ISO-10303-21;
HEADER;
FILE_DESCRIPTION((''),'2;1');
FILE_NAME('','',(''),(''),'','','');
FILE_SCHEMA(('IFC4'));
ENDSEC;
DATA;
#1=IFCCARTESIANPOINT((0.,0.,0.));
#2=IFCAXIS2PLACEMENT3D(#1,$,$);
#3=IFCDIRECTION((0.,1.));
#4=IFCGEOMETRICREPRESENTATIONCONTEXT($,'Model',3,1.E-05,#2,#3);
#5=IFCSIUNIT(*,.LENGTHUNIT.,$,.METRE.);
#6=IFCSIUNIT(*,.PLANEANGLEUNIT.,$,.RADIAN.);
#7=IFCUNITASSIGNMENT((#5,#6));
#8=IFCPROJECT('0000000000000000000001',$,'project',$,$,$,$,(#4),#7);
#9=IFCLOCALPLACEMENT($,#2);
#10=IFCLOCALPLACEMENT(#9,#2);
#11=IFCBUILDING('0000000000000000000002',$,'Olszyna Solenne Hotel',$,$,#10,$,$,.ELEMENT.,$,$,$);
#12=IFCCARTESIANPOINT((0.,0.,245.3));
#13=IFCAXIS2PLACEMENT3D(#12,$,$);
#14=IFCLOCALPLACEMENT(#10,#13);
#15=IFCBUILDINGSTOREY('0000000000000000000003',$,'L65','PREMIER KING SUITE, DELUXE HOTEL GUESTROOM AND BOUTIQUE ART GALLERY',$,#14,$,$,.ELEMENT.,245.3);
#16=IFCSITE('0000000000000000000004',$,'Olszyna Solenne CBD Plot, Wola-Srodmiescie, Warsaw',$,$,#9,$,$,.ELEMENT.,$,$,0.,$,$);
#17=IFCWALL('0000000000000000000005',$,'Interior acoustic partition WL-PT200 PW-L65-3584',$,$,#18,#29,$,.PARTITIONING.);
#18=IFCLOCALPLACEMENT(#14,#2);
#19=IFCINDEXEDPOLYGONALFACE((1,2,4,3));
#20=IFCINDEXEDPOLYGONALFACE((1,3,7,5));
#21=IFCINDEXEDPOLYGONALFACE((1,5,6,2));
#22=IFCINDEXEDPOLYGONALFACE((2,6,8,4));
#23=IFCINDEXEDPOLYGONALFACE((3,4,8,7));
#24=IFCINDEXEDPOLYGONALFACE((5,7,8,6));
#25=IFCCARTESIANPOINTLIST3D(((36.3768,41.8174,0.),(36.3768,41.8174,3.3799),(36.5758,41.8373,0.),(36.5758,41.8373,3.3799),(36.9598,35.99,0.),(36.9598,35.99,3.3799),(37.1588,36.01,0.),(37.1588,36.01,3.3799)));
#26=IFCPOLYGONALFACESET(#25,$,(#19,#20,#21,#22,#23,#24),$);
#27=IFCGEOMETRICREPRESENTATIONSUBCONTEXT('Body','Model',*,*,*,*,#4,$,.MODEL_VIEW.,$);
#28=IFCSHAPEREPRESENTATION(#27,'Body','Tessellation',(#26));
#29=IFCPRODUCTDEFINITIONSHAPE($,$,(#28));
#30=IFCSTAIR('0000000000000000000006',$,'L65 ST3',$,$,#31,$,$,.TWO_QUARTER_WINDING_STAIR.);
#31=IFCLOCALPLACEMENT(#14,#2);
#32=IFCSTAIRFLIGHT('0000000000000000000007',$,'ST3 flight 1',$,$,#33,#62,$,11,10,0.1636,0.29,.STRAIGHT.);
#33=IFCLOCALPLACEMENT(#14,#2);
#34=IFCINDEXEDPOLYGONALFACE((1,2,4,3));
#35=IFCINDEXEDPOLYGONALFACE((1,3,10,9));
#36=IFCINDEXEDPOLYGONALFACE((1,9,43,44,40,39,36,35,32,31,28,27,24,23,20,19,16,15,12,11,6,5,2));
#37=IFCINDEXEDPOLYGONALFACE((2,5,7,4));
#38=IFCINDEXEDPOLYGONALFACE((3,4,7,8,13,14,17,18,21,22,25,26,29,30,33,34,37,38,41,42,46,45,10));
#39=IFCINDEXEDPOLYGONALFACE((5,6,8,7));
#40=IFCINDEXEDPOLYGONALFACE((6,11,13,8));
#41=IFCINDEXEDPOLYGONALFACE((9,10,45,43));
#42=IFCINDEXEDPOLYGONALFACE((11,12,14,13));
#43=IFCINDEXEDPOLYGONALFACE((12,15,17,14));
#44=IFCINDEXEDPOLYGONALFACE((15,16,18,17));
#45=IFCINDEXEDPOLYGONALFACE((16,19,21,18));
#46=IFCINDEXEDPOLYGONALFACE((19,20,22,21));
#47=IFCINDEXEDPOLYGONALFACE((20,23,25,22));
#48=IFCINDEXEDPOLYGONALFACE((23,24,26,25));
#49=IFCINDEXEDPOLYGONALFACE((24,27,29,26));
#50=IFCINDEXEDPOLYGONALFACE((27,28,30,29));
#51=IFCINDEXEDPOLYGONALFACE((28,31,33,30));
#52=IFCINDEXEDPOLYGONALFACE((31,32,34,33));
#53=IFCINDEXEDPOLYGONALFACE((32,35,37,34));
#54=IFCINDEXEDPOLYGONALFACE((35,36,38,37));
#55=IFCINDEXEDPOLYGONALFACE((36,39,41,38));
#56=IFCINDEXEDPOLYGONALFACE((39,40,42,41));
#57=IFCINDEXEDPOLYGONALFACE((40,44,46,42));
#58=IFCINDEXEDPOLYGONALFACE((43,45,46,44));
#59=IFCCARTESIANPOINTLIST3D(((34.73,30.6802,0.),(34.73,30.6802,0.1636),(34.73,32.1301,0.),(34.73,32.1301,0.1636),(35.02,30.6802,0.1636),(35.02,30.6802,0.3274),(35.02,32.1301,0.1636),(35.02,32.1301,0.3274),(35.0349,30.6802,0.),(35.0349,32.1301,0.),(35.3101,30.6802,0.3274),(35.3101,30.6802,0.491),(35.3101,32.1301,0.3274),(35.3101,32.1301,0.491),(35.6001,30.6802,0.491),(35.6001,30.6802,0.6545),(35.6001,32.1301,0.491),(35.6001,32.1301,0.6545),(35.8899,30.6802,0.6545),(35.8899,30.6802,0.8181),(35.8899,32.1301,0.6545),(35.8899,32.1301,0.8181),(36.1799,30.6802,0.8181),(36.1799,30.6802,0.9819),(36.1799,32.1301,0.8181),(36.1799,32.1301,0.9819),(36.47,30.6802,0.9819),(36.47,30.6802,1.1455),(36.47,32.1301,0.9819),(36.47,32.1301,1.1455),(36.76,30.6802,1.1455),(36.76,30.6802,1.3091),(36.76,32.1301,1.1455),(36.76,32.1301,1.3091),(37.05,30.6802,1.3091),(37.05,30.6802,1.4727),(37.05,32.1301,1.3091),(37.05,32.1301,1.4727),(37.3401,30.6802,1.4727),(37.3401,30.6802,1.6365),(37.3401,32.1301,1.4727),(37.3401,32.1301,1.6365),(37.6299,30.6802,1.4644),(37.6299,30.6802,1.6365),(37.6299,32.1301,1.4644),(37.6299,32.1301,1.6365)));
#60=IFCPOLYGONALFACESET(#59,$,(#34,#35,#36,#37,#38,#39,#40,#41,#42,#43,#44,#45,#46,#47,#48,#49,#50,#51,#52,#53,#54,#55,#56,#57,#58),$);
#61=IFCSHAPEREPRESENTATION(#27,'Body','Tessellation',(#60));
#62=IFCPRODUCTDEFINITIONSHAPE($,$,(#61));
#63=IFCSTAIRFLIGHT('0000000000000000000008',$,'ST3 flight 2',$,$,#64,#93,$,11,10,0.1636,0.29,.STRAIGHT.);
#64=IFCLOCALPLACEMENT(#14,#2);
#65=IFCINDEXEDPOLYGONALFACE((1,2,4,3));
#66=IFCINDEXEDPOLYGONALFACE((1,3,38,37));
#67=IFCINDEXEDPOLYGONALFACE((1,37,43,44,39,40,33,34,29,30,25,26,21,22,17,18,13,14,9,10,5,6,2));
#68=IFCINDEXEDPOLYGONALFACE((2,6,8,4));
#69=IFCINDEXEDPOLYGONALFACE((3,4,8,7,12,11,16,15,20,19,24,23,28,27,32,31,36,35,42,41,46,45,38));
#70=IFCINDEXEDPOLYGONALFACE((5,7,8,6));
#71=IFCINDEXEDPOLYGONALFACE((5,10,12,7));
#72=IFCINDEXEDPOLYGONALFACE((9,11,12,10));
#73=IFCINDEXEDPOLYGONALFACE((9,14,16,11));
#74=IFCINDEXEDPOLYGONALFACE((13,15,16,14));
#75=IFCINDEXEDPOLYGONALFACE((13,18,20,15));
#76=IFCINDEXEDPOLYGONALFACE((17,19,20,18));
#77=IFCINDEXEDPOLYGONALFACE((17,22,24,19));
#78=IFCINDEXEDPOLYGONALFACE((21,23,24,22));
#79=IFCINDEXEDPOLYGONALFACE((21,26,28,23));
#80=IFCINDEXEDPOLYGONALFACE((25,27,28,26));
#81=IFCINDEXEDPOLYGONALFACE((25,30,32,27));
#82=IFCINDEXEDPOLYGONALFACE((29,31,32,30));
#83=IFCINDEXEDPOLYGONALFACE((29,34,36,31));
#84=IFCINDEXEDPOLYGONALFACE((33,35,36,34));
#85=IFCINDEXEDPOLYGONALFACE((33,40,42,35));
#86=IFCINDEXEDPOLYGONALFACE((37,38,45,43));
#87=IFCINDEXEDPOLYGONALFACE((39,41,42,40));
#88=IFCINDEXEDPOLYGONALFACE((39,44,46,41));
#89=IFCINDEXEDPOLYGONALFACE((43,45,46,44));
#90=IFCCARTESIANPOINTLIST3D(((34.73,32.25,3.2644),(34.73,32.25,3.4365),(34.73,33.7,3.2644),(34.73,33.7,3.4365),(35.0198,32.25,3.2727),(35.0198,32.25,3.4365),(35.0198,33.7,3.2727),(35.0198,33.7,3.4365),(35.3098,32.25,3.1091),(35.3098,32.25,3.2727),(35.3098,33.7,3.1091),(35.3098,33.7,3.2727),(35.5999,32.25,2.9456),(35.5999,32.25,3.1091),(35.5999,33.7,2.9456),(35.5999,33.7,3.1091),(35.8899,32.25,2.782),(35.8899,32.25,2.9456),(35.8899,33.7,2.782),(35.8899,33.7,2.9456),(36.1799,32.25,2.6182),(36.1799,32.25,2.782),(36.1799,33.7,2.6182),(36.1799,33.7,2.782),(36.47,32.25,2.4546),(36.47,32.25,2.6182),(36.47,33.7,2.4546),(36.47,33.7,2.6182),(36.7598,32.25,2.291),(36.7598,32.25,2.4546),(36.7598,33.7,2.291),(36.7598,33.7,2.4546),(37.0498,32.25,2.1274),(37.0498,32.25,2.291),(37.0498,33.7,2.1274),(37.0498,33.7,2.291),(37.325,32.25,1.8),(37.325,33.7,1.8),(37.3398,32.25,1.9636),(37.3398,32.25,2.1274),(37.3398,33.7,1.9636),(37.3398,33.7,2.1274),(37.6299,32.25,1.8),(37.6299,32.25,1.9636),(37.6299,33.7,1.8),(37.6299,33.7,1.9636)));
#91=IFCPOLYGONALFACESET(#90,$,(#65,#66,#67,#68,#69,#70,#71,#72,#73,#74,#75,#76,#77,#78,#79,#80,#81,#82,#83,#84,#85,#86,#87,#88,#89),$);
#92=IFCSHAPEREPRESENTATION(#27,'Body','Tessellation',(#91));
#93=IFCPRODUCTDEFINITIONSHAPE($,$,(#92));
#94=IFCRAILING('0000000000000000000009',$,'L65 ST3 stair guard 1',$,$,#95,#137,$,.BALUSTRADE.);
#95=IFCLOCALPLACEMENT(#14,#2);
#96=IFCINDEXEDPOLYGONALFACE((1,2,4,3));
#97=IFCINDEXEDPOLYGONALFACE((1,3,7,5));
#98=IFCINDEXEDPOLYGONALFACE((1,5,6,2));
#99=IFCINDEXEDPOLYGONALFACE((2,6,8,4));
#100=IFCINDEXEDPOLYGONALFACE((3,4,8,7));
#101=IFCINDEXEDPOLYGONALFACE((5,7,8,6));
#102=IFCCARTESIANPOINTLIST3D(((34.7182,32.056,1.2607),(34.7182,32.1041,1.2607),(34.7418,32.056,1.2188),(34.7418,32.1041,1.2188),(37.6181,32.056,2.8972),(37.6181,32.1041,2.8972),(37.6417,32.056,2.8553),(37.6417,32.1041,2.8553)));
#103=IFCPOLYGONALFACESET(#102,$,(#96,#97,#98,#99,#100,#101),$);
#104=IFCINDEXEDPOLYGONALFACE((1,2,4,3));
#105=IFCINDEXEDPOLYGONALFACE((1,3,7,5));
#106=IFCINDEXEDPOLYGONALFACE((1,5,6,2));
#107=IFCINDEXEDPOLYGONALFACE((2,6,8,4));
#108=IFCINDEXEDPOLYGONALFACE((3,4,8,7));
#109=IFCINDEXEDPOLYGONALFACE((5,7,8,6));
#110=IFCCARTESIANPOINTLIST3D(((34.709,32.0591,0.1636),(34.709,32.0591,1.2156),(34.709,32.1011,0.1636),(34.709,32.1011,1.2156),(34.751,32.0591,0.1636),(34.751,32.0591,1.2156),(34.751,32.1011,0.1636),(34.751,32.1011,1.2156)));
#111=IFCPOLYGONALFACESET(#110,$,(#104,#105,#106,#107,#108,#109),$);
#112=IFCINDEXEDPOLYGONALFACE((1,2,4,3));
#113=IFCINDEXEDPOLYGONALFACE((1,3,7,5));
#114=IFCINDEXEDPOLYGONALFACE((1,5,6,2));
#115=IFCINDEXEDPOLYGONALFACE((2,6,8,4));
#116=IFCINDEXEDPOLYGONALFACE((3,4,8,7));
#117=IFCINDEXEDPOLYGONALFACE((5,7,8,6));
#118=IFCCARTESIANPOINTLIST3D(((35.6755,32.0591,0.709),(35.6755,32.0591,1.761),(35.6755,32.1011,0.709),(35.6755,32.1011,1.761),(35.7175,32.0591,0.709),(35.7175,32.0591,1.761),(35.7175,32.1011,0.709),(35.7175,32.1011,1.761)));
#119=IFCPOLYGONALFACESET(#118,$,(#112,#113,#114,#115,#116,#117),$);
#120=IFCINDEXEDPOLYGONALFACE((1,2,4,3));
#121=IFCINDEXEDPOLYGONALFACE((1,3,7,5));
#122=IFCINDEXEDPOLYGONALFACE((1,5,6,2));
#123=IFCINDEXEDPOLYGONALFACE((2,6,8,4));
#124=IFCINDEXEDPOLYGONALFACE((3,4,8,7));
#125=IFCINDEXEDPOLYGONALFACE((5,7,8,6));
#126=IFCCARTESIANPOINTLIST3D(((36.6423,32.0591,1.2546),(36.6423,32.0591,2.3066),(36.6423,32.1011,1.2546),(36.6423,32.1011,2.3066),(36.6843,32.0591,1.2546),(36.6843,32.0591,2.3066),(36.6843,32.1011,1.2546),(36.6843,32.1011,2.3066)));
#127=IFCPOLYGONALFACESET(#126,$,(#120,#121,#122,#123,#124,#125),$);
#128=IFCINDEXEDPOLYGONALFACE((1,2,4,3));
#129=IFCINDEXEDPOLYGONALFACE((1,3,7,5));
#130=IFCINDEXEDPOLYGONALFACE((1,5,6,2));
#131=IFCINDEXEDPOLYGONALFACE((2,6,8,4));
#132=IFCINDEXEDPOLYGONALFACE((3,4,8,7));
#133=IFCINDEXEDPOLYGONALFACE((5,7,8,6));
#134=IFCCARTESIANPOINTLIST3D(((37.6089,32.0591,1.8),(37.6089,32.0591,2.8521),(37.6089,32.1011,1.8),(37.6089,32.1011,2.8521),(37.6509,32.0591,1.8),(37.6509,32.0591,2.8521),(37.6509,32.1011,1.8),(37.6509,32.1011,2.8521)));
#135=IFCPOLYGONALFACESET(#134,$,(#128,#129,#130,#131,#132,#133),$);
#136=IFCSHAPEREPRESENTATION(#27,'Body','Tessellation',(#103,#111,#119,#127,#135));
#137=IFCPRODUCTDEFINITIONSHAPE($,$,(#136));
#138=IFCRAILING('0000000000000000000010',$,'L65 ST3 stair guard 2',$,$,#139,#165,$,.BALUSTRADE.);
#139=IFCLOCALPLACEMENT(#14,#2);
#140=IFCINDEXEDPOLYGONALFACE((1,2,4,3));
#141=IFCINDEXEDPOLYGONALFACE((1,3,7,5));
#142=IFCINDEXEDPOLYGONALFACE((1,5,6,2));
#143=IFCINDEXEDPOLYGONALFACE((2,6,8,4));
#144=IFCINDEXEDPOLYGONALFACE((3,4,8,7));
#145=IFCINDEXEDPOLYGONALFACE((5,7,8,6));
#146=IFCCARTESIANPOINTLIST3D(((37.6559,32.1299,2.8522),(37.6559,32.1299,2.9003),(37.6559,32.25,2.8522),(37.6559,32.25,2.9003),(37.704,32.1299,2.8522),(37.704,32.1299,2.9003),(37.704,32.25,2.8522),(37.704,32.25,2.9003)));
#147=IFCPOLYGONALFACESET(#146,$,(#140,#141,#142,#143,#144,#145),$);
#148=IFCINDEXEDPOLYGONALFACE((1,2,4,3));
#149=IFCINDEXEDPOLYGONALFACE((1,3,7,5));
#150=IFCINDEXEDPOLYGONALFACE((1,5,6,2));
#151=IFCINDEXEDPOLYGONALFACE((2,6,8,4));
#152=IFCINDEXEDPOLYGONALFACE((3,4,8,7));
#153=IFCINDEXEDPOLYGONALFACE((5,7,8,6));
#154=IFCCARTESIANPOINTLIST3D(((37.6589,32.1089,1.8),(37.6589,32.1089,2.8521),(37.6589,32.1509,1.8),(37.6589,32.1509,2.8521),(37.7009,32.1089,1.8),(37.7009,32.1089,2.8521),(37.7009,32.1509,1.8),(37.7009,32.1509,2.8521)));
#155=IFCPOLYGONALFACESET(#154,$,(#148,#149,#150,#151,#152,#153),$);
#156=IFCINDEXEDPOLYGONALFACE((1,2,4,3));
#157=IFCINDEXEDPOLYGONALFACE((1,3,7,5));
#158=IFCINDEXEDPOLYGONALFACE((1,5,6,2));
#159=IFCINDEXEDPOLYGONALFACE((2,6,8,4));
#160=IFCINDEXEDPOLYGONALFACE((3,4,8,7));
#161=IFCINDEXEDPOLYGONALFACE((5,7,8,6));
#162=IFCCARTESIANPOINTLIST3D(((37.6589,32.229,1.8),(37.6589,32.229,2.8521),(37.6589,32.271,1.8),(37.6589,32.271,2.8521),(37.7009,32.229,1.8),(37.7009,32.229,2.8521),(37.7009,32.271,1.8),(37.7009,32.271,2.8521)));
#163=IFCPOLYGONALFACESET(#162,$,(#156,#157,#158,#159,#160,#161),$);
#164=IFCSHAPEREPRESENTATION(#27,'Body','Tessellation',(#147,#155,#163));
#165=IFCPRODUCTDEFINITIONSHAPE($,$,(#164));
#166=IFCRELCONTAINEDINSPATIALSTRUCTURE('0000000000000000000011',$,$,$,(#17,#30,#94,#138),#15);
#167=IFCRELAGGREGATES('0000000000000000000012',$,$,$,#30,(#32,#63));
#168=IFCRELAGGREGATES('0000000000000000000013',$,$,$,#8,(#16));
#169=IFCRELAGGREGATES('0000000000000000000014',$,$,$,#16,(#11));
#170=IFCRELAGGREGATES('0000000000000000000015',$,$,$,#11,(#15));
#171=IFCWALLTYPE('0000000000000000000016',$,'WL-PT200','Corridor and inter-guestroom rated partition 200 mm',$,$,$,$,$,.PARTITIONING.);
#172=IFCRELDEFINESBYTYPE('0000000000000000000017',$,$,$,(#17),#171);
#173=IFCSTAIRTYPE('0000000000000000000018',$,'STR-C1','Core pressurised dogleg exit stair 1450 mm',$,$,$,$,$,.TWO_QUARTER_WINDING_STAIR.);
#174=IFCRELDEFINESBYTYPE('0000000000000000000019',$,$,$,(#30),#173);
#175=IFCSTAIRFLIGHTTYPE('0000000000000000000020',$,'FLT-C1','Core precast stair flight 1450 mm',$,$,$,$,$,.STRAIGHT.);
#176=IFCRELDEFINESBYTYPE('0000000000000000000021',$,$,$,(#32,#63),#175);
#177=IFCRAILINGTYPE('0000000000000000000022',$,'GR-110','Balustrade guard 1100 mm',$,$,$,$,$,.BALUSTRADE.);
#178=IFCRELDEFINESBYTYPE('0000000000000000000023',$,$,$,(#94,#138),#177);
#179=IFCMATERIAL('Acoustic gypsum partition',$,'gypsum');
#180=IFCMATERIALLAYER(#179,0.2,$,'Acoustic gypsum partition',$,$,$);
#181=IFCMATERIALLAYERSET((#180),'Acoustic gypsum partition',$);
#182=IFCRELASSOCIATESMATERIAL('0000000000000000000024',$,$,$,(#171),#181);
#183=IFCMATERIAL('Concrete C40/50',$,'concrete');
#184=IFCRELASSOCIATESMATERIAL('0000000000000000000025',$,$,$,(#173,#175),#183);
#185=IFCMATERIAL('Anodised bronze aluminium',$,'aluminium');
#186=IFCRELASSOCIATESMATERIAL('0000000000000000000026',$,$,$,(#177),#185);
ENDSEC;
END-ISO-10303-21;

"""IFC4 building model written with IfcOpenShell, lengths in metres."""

from ifc_helpers import new_model, si_unit, direction, frame, frame_2d, origin, origin_2d, place, context, subcontext, project, spatial, polyline, rectangle, outline, extrude, material, layer, layer_set, type_object, element, aggregate, save


model = new_model("IFC4")

# Units and contexts
model_context = context("Model", 3, precision=1e-05, world=origin(), true_north=direction((0.0, 1.0)))
body_context = subcontext(model_context, "Body", "Model", "MODEL_VIEW")
ifc_project = project(units=[si_unit("LENGTHUNIT", "METRE"), si_unit("PLANEANGLEUNIT", "RADIAN")], contexts=[model_context])

# Site, building, storey
site_placement = place(None, origin())
site = spatial("IfcSite", under=ifc_project, at=site_placement, Name="Olszyna Solenne CBD Plot, Wola-Srodmiescie, Warsaw", CompositionType="ELEMENT", RefElevation=0.0)
building_placement = place(site_placement, origin())
building = spatial("IfcBuilding", under=site, at=building_placement, Name="Olszyna Solenne Hotel", CompositionType="ELEMENT")
storey_placement = place(building_placement, frame((0.0, 0.0, 245.3)))
storey = spatial("IfcBuildingStorey", under=building, at=storey_placement, Name="L65", Description="PREMIER KING SUITE, DELUXE HOTEL GUESTROOM AND BOUTIQUE ART GALLERY", CompositionType="ELEMENT", Elevation=245.3)

# Shared definitions
ifc_material_1 = material(Name="Anodised bronze aluminium", Category="aluminium")

# Shared definitions
ifc_material_2 = material(Name="Acoustic gypsum partition", Category="gypsum")

# Wall
ifc_layer_1 = layer(ifc_material_2, 0.2, Name="Acoustic gypsum partition")
ifc_layer_set_1 = layer_set([ifc_layer_1], Name="Acoustic gypsum partition")
wall_type_1 = type_object("IfcWallType", Name="WL-PT200", Description="Corridor and inter-guestroom rated partition 200 mm", PredefinedType="PARTITIONING", material=ifc_layer_set_1)
wall_1_placement = place(storey_placement, frame((37.0593, 36.0, 0.0), z_axis=(0.0, 0.0, 1.0), x_axis=(-0.099549, 0.995033, 0.0)))
element("IfcWall", 1, at=wall_1_placement, inside=storey, type_object=wall_type_1, Name="Interior acoustic partition WL-PT200 PW-L65-3584", PredefinedType="PARTITIONING", context=body_context, shape_type="SweptSolid", body=[
    extrude(rectangle(XDim=5.8564, YDim=0.2, at=frame_2d((2.9282, 0.0))), origin(), (0.0, 0.0, 1.0), 3.3799),
])

# Stair, stair flights
ifc_material_3 = material(Name="Concrete C40/50", Category="concrete")
stair_type = type_object("IfcStairType", Name="STR-C1", Description="Core pressurised dogleg exit stair 1450 mm", PredefinedType="TWO_QUARTER_WINDING_STAIR", material=ifc_material_3)
stair_placement = place(storey_placement, origin())
stair = element("IfcStair", 2, at=stair_placement, inside=storey, type_object=stair_type, Name="L65 ST3", PredefinedType="TWO_QUARTER_WINDING_STAIR")
stair_flight_type = type_object("IfcStairFlightType", Name="FLT-C1", Description="Core precast stair flight 1450 mm", PredefinedType="STRAIGHT", material=ifc_material_3)
stair_flight_1_placement = place(storey_placement, frame((34.73, 31.405, 0.0), z_axis=(0.0, 0.0, 1.0), x_axis=(1.0, 0.0, 0.0)))
stair_flight_1 = element("IfcStairFlight", 3, at=stair_flight_1_placement, type_object=stair_flight_type, Name="ST3 flight 1", NumberOfRisers=11, NumberOfTreads=10, PredefinedType="STRAIGHT", RiserHeight=0.1636, TreadLength=0.29, context=body_context, shape_type="SweptSolid", body=[
    extrude(outline(polyline([(0.0, 0.0), (0.0, 0.1636), (0.29, 0.1636), (0.29, 0.3274), (0.5801, 0.3274), (0.5801, 0.491), (0.8701, 0.491), (0.8701, 0.6545), (1.1599, 0.6545), (1.1599, 0.8181), (1.45, 0.8181), (1.45, 0.9819), (1.74, 0.9819), (1.74, 1.1455), (2.03, 1.1455), (2.03, 1.3091), (2.3201, 1.3091), (2.3201, 1.4727), (2.6101, 1.4727), (2.6101, 1.6365), (2.8999, 1.6365), (2.8999, 1.8), (2.8999, 1.4644), (0.3049, 0.0), (0.0, 0.0)])), frame((0.0, 0.7251, 0.0), z_axis=(0.0, -1.0, 0.0), x_axis=(1.0, 0.0, 0.0)), (0.0, 0.0, 1.0), 1.45),
])
stair_flight_2_placement = place(storey_placement, frame((37.6299, 32.9751, 1.8), z_axis=(0.0, 0.0, 1.0), x_axis=(-1.0, 0.0, 0.0)))
stair_flight_2 = element("IfcStairFlight", 4, at=stair_flight_2_placement, type_object=stair_flight_type, Name="ST3 flight 2", NumberOfRisers=11, NumberOfTreads=10, PredefinedType="STRAIGHT", RiserHeight=0.1636, TreadLength=0.29, context=body_context, shape_type="SweptSolid", body=[
    extrude(outline(polyline([(0.0, 0.0), (0.0, 0.1636), (0.29, 0.1636), (0.29, 0.3274), (0.5801, 0.3274), (0.5801, 0.491), (0.8701, 0.491), (0.8701, 0.6545), (1.1599, 0.6545), (1.1599, 0.8181), (1.45, 0.8181), (1.45, 0.9819), (1.74, 0.9819), (1.74, 1.1455), (2.03, 1.1455), (2.03, 1.3091), (2.3201, 1.3091), (2.3201, 1.4727), (2.6101, 1.4727), (2.6101, 1.6365), (2.8999, 1.6365), (2.8999, 1.8), (2.8999, 1.4644), (0.3049, 0.0), (0.0, 0.0)])), frame((0.0, 0.7251, 0.0), z_axis=(0.0, -1.0, 0.0), x_axis=(1.0, 0.0, 0.0)), (0.0, 0.0, 1.0), 1.45),
])
aggregate(stair, [stair_flight_1, stair_flight_2])

# Railings
railing_type_1 = type_object("IfcRailingType", Name="GR-110", Description="Balustrade guard 1100 mm", PredefinedType="BALUSTRADE", material=ifc_material_1)
railing_1_placement = place(storey_placement, frame((34.73, 32.0801, 0.1636)))
element("IfcRailing", 5, at=railing_1_placement, inside=storey, type_object=railing_type_1, Name="L65 ST3 stair guard 1", PredefinedType="BALUSTRADE", context=body_context, shape_type="SweptSolid", body=[
    extrude(rectangle(XDim=0.0481, YDim=0.0481, at=origin_2d()), frame((0.0, 0.0, 1.0762), z_axis=(0.870897, 0.0, 0.491465), x_axis=(0.0, 1.0, 0.0)), (0.0, 0.0, 1.0), 3.3298),
    extrude(rectangle(XDim=0.042, YDim=0.042, at=origin_2d()), origin(), (0.0, 0.0, 1.0), 1.052),
    extrude(rectangle(XDim=0.042, YDim=0.042, at=origin_2d()), frame((0.9666, 0.0, 0.5454)), (0.0, 0.0, 1.0), 1.052),
    extrude(rectangle(XDim=0.042, YDim=0.042, at=origin_2d()), frame((1.9333, 0.0, 1.0911)), (0.0, 0.0, 1.0), 1.052),
    extrude(rectangle(XDim=0.042, YDim=0.042, at=origin_2d()), frame((2.8999, 0.0, 1.6365)), (0.0, 0.0, 1.0), 1.052),
])
railing_2_placement = place(storey_placement, frame((37.6799, 32.1299, 1.8)))
element("IfcRailing", 6, at=railing_2_placement, inside=storey, type_object=railing_type_1, Name="L65 ST3 stair guard 2", PredefinedType="BALUSTRADE", context=body_context, shape_type="SweptSolid", body=[
    extrude(rectangle(XDim=0.0481, YDim=0.0481, at=origin_2d()), frame((0.0, 0.0, 1.0762), z_axis=(0.0, 1.0, 0.0), x_axis=(-1.0, 0.0, 0.0)), (0.0, 0.0, 1.0), 0.1201),
    extrude(rectangle(XDim=0.042, YDim=0.042, at=origin_2d()), origin(), (0.0, 0.0, 1.0), 1.052),
    extrude(rectangle(XDim=0.042, YDim=0.042, at=origin_2d()), frame((0.0, 0.1201, 0.0)), (0.0, 0.0, 1.0), 1.052),
])

save(model, "model.ifc")
